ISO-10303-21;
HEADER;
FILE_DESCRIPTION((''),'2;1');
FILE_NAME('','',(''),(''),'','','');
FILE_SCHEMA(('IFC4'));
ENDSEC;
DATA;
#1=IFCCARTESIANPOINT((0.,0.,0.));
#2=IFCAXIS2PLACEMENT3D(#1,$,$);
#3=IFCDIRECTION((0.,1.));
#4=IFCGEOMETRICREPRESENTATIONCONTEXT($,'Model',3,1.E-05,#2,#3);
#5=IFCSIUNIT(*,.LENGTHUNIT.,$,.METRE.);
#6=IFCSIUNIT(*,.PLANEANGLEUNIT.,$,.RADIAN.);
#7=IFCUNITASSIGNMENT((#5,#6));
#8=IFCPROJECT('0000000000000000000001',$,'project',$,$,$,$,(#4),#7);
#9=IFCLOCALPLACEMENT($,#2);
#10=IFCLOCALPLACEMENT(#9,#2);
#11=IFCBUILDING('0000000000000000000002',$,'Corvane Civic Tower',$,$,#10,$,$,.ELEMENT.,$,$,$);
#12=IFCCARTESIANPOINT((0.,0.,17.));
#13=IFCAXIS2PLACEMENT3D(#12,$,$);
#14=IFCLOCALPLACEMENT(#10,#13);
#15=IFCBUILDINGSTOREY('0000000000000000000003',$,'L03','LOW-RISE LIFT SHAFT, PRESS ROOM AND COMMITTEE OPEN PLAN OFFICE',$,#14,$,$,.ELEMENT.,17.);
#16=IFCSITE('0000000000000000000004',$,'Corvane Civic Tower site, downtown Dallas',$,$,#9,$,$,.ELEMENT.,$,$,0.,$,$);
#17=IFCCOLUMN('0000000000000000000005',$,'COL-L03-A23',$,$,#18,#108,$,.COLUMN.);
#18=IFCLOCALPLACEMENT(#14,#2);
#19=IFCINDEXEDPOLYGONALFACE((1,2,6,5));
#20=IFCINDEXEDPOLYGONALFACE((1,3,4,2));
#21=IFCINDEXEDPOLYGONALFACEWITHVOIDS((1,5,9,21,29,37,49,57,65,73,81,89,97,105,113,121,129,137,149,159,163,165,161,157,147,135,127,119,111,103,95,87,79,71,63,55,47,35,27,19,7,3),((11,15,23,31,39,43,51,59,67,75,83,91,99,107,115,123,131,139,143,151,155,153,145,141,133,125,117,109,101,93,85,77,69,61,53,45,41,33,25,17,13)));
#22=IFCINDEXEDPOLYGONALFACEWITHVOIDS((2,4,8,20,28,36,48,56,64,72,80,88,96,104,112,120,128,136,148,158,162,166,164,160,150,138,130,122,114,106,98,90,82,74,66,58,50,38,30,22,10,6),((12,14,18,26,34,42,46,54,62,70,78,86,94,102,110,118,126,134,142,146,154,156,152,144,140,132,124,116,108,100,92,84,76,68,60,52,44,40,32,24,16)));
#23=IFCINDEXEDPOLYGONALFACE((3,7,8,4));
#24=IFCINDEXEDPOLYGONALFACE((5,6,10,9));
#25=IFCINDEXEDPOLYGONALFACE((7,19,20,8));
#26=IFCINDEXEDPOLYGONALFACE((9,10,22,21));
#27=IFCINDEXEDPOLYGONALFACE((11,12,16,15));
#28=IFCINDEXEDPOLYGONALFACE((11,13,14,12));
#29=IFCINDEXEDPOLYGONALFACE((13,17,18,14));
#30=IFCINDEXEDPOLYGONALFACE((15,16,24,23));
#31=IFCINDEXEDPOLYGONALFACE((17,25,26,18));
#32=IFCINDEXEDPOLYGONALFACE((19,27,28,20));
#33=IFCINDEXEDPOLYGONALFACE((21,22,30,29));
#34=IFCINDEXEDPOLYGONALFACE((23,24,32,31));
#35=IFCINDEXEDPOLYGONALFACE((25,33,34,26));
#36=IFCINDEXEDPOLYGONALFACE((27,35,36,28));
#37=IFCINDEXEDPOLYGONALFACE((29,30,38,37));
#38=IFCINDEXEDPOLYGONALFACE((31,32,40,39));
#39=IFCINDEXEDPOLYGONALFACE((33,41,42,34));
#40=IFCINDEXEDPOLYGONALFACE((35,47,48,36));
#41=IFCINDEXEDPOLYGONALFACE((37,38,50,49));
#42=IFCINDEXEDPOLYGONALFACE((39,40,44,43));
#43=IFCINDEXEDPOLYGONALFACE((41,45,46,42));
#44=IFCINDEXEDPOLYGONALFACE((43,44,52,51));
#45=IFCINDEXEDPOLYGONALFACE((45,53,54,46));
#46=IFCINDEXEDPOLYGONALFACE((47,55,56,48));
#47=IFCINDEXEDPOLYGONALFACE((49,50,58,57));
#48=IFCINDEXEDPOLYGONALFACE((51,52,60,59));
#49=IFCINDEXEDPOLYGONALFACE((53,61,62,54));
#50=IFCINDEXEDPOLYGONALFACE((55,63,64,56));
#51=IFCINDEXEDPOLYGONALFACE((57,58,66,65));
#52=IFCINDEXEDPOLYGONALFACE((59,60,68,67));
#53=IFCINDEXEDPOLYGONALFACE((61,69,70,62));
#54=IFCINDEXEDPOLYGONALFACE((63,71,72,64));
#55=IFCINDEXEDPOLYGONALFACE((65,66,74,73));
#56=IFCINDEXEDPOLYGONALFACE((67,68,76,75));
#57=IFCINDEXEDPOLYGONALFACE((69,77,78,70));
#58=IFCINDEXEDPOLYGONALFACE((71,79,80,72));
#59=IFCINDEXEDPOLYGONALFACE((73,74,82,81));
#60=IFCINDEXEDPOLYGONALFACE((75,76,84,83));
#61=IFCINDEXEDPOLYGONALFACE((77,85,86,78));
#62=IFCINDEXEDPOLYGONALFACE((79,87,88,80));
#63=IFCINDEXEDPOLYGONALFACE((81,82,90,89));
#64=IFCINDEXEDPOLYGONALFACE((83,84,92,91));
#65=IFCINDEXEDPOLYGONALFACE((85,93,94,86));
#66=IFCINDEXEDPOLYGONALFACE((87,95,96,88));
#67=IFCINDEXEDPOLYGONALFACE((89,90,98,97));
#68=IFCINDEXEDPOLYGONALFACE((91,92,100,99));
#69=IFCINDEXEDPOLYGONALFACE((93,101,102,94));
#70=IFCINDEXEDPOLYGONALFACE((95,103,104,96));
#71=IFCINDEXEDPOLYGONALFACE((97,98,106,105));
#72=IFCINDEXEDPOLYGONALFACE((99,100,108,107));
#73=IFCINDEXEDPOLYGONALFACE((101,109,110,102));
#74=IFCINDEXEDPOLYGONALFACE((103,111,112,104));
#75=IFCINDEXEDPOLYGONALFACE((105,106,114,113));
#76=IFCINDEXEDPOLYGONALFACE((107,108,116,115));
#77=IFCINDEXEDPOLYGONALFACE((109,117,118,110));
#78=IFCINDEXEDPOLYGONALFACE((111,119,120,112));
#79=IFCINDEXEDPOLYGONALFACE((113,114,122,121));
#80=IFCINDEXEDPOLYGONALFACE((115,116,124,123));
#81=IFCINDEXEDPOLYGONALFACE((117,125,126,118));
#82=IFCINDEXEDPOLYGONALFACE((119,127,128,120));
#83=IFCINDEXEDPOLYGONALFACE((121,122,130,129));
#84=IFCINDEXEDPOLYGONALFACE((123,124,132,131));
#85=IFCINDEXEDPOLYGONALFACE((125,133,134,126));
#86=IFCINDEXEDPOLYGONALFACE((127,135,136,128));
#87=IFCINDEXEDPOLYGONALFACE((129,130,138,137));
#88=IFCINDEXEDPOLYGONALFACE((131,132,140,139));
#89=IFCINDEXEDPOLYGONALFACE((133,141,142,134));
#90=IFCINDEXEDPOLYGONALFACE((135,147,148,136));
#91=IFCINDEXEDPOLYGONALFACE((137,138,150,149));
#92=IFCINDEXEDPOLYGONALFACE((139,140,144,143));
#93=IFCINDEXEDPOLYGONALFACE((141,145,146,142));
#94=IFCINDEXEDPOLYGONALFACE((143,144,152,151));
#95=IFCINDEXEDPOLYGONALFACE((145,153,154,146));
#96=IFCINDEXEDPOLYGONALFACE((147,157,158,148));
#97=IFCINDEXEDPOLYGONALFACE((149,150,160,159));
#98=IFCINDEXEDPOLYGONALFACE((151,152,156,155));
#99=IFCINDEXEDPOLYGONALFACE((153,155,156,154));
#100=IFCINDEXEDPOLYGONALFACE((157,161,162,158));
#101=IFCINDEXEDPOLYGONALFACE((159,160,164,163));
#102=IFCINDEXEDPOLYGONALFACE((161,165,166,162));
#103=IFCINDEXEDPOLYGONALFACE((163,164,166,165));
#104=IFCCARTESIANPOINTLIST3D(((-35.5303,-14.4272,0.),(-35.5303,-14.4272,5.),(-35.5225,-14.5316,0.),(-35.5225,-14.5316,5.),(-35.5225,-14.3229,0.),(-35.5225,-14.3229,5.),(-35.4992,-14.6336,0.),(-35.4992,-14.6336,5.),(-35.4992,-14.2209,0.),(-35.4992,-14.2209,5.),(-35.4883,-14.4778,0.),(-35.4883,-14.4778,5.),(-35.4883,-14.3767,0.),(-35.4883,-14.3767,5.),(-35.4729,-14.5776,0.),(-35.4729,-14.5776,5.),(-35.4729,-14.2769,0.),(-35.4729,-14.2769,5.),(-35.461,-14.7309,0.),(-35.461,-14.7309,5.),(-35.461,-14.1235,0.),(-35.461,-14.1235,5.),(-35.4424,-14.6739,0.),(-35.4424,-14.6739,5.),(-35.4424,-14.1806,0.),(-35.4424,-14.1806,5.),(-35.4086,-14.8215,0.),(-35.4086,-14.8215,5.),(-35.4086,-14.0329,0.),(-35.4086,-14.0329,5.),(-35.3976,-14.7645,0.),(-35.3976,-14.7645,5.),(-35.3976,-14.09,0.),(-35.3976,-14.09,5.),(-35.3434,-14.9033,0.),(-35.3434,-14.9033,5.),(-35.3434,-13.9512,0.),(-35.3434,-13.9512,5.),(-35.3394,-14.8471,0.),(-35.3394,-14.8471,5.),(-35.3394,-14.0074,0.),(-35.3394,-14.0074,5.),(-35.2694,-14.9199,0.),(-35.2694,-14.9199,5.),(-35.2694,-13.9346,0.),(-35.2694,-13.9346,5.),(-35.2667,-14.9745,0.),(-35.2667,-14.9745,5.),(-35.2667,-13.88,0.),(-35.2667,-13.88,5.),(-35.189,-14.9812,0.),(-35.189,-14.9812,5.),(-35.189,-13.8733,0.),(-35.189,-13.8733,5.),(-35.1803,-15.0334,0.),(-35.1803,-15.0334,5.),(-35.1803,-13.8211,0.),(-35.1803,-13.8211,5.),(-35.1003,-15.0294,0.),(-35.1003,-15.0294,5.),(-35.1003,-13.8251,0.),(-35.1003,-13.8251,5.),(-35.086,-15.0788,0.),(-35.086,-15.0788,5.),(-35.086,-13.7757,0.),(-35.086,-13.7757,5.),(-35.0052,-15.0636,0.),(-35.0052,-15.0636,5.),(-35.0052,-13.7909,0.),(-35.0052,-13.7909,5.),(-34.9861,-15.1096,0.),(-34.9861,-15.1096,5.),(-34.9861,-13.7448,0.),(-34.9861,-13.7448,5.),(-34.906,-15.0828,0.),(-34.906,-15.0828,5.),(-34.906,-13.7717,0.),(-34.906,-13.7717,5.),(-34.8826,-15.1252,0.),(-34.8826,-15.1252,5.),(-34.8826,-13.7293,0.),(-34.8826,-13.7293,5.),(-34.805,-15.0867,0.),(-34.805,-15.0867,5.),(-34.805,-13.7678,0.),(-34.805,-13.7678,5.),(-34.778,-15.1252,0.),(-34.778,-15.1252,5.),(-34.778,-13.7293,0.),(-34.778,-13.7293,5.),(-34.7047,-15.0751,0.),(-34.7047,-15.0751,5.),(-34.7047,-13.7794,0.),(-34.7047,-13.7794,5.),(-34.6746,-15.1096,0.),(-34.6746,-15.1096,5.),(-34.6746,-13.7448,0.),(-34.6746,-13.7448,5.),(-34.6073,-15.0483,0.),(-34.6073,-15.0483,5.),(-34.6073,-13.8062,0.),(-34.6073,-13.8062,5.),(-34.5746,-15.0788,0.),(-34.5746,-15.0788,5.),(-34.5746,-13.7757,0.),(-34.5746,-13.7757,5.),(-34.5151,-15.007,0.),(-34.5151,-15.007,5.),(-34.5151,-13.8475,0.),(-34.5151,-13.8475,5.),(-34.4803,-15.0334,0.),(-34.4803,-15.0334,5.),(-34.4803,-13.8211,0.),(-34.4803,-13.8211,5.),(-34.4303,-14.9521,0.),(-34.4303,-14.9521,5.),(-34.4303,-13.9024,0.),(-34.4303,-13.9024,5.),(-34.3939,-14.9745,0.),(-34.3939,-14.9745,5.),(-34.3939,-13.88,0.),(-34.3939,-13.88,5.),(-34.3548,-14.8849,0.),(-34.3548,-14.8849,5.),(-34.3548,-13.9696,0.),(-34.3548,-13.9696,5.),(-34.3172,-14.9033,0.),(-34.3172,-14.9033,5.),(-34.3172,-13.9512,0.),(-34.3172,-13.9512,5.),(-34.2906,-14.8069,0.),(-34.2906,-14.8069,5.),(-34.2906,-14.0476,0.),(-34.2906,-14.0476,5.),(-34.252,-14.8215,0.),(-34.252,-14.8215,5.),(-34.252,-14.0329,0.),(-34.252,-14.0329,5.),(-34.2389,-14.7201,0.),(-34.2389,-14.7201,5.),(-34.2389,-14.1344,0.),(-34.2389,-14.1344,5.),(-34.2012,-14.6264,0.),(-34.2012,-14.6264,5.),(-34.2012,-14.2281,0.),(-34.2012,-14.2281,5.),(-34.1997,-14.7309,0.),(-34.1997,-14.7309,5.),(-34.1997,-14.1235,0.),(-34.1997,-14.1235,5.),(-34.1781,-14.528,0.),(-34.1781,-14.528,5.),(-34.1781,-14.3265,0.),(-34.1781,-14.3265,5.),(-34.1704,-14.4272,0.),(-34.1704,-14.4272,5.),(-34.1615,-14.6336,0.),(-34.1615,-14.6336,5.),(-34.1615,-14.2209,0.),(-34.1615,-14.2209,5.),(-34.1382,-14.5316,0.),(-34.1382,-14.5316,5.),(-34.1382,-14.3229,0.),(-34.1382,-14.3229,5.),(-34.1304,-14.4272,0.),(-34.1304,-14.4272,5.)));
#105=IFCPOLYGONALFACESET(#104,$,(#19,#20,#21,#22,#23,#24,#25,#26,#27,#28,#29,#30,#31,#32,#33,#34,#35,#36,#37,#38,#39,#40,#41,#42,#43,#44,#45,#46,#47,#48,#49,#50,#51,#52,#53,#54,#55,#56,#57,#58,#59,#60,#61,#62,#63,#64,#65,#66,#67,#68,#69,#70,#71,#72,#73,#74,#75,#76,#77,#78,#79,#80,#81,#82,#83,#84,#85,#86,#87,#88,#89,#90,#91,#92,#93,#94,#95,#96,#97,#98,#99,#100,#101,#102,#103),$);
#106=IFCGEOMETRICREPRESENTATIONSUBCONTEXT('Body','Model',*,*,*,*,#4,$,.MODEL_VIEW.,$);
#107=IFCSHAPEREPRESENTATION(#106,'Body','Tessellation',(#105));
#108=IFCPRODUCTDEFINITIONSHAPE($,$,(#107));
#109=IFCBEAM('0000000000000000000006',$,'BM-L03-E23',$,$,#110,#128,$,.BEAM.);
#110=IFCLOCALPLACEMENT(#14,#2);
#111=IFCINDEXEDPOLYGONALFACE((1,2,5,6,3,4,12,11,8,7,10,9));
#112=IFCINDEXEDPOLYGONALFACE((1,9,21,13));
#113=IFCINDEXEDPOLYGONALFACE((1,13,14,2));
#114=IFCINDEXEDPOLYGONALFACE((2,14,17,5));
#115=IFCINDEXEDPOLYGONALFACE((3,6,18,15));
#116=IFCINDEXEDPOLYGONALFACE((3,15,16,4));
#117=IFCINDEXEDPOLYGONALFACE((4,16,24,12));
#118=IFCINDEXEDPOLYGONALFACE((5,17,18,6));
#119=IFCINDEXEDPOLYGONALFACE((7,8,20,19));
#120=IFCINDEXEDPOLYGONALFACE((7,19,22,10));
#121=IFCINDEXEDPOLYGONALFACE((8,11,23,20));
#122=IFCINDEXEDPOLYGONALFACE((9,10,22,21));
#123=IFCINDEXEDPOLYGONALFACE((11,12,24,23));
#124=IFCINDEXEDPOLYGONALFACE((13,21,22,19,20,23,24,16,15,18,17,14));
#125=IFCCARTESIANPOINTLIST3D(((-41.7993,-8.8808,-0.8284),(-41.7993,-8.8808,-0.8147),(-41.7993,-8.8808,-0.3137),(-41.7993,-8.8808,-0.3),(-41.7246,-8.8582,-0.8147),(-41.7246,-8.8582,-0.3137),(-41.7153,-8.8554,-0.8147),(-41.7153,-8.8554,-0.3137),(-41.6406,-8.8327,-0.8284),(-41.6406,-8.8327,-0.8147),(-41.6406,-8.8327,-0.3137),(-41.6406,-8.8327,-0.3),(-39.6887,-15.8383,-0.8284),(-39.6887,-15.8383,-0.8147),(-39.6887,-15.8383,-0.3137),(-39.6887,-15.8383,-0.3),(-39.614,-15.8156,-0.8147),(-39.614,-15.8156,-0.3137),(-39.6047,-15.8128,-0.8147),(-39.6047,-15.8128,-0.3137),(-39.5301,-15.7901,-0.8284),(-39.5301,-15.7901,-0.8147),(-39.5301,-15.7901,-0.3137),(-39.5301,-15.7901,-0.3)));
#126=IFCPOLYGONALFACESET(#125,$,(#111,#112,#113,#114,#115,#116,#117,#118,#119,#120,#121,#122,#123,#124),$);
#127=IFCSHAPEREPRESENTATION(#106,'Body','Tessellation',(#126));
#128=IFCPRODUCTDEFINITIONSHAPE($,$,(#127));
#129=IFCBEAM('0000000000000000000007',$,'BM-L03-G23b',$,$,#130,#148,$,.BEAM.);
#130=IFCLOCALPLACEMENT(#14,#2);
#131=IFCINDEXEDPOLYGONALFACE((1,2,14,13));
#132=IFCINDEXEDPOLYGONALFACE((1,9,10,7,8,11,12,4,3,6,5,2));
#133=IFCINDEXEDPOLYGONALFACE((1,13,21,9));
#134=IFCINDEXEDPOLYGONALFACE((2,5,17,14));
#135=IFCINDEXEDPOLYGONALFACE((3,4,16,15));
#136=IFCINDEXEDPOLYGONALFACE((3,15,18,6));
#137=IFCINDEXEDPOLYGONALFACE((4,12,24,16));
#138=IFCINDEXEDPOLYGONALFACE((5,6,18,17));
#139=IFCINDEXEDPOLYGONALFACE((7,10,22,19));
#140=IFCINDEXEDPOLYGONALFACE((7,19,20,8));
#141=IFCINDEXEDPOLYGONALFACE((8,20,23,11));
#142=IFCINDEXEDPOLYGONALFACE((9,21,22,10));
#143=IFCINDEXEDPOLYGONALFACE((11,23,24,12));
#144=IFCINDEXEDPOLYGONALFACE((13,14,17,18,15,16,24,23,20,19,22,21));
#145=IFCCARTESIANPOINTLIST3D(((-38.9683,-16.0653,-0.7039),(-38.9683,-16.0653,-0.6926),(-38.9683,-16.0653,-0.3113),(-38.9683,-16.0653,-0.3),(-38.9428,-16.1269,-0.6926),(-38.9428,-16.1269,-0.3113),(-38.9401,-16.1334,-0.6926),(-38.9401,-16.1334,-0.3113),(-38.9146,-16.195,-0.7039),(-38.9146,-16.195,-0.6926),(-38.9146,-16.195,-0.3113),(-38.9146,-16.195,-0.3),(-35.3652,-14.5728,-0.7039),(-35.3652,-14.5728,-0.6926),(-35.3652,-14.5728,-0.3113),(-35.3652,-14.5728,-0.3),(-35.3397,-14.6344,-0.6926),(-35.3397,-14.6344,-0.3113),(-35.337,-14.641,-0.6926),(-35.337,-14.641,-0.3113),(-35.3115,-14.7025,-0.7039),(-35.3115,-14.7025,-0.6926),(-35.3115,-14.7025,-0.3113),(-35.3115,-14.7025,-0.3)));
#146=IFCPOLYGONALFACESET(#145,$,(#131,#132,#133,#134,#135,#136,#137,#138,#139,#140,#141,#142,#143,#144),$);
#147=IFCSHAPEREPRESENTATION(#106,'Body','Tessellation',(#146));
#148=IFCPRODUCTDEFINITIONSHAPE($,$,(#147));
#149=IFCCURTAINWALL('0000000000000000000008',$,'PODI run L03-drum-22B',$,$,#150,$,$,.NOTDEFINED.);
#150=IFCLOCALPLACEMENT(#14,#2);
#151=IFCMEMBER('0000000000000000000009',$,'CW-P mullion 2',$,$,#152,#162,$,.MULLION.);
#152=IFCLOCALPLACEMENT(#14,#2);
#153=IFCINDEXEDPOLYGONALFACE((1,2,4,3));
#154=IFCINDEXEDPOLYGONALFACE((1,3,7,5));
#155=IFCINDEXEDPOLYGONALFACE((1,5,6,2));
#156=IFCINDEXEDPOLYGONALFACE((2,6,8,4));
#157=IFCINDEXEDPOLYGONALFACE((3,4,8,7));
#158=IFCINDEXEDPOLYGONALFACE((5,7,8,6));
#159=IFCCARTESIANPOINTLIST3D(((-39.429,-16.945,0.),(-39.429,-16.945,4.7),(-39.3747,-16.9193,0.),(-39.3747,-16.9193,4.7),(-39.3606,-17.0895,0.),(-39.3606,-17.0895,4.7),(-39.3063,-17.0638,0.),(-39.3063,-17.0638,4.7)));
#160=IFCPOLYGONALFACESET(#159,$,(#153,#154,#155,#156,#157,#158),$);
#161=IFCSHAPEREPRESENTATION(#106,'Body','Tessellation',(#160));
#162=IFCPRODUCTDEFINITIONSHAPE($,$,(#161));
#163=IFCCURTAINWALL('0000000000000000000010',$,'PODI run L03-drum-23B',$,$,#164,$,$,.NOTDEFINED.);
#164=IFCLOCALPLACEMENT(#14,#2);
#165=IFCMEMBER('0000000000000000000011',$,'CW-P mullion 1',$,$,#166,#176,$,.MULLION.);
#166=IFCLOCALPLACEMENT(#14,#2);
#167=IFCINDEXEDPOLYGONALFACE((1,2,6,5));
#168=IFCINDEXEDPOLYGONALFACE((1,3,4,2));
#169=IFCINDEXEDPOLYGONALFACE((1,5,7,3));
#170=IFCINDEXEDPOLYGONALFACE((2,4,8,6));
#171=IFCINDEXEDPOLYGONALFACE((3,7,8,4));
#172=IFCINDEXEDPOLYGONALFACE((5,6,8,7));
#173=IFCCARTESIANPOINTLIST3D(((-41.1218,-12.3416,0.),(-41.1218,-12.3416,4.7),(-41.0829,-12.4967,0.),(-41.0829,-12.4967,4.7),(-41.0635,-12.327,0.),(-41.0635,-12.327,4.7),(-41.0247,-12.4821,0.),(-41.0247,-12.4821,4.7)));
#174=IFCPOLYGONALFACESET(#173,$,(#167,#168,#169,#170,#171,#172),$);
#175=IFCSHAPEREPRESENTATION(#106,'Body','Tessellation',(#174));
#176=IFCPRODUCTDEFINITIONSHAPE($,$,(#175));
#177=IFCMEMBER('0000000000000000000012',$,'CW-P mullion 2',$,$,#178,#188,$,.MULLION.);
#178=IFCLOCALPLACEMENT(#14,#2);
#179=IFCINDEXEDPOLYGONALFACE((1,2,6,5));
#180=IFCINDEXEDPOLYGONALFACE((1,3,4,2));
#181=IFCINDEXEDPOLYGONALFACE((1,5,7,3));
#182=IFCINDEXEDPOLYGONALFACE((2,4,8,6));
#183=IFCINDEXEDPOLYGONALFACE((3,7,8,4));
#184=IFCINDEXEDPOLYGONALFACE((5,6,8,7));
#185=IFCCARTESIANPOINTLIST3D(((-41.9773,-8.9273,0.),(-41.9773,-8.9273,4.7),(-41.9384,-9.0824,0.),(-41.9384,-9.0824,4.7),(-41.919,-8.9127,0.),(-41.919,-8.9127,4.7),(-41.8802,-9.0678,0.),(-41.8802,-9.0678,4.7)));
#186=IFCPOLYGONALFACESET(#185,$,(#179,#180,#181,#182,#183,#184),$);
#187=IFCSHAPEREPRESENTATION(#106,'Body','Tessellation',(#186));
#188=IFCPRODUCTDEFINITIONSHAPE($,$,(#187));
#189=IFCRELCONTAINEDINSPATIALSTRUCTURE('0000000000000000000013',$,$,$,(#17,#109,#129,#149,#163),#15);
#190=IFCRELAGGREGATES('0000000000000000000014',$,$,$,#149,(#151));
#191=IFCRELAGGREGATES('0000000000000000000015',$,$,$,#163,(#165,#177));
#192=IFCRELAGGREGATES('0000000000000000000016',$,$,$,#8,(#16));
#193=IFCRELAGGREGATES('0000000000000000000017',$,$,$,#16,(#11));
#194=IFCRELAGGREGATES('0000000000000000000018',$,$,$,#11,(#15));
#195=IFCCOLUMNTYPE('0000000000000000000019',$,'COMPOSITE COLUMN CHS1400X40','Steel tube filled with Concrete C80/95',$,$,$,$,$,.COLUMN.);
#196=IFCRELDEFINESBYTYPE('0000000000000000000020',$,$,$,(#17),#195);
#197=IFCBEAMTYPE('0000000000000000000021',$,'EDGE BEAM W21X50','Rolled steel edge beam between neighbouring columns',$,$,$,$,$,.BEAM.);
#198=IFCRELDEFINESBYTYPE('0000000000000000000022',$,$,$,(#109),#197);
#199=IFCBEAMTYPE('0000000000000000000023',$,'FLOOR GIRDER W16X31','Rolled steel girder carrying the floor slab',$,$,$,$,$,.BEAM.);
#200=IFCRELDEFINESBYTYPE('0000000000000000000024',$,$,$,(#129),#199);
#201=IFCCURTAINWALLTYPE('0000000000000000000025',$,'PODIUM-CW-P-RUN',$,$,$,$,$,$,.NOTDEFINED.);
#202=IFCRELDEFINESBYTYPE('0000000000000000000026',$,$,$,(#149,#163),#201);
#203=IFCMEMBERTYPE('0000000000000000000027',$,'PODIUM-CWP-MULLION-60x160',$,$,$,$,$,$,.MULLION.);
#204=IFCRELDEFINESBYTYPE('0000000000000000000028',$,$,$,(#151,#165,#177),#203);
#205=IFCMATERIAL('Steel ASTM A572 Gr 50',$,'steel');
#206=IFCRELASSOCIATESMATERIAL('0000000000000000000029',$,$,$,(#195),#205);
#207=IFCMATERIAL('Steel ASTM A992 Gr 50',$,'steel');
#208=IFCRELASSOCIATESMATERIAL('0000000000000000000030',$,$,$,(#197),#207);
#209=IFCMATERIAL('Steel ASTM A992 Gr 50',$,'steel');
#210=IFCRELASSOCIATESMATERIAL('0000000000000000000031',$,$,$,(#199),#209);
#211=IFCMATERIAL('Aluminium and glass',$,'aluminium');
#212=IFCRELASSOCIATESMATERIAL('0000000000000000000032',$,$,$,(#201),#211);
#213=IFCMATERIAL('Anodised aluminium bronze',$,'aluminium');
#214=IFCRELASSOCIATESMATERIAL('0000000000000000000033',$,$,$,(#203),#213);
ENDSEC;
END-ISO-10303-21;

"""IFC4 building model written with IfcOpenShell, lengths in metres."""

from ifc_helpers import new_model, si_unit, direction, frame, origin, origin_2d, place, context, subcontext, project, spatial, rectangle, hollow_circle, i_section, extrude, material, material_profile, profile_set, type_object, element, aggregate, save


model = new_model("IFC4")

# Units and contexts
model_context = context("Model", 3, precision=1e-05, world=origin(), true_north=direction((0.0, 1.0)))
body_context = subcontext(model_context, "Body", "Model", "MODEL_VIEW")
ifc_project = project(units=[si_unit("LENGTHUNIT", "METRE"), si_unit("PLANEANGLEUNIT", "RADIAN")], contexts=[model_context])

# Site, building, storey
site_placement = place(None, origin())
site = spatial("IfcSite", under=ifc_project, at=site_placement, Name="Corvane Civic Tower site, downtown Dallas", CompositionType="ELEMENT", RefElevation=0.0)
building_placement = place(site_placement, origin())
building = spatial("IfcBuilding", under=site, at=building_placement, Name="Corvane Civic Tower", CompositionType="ELEMENT")
storey_placement = place(building_placement, frame((0.0, 0.0, 17.0)))
storey = spatial("IfcBuildingStorey", under=building, at=storey_placement, Name="L03", Description="LOW-RISE LIFT SHAFT, PRESS ROOM AND COMMITTEE OPEN PLAN OFFICE", CompositionType="ELEMENT", Elevation=17.0)

# Column
ifc_material_1 = material(Name="Steel ASTM A572 Gr 50", Category="steel")
ifc_material_profile_1 = material_profile(ifc_material_1, hollow_circle(Radius=0.7, WallThickness=0.04, at=origin_2d()), Name="CHS1400X40")
ifc_profile_set_1 = profile_set([ifc_material_profile_1], Name="Steel ASTM A572 Gr 50")
column_type_1 = type_object("IfcColumnType", Name="COMPOSITE COLUMN CHS1400X40", Description="Steel tube filled with Concrete C80/95", PredefinedType="COLUMN", material=ifc_profile_set_1)
column_placement = place(storey_placement, frame((-34.8303, -14.4272, 0.0), z_axis=(0.0, 0.0, 1.0), x_axis=(1.0, 0.0, 0.0)))
element("IfcColumn", 1, at=column_placement, inside=storey, type_object=column_type_1, Name="COL-L03-A23", PredefinedType="COLUMN", context=body_context, shape_type="SweptSolid", body=[
    extrude(hollow_circle(Radius=0.7, WallThickness=0.04, at=origin_2d()), origin(), (0.0, 0.0, 1.0), 5.0),
])

# Beams
ifc_material_2 = material(Name="Steel ASTM A992 Gr 50", Category="steel")
ifc_material_profile_2 = material_profile(ifc_material_2, i_section(OverallWidth=0.1658, OverallDepth=0.5283, WebThickness=0.0098, FlangeThickness=0.0137, at=origin_2d()), Name="W21X50")
ifc_profile_set_2 = profile_set([ifc_material_profile_2], Name="Steel ASTM A992 Gr 50")
beam_type_1 = type_object("IfcBeamType", Name="EDGE BEAM W21X50", Description="Rolled steel edge beam between neighbouring columns", PredefinedType="BEAM", material=ifc_profile_set_2)
beam_1_placement = place(storey_placement, frame((-39.6094, -15.8142, -0.5642), z_axis=(-0.290292, 0.956938, 0.0), x_axis=(-0.956938, -0.290292, 0.0)))
element("IfcBeam", 2, at=beam_1_placement, inside=storey, type_object=beam_type_1, Name="BM-L03-E23", PredefinedType="BEAM", context=body_context, shape_type="SweptSolid", body=[
    extrude(i_section(OverallWidth=0.1658, OverallDepth=0.5283, WebThickness=0.0098, FlangeThickness=0.0137, at=origin_2d()), origin(), (0.0, 0.0, 1.0), 7.2705),
])
ifc_material_3 = material(Name="Steel ASTM A992 Gr 50", Category="steel")
ifc_material_profile_3 = material_profile(ifc_material_3, i_section(OverallWidth=0.1404, OverallDepth=0.4038, WebThickness=0.0071, FlangeThickness=0.0112, at=origin_2d()), Name="W16X31")
ifc_profile_set_3 = profile_set([ifc_material_profile_3], Name="Steel ASTM A992 Gr 50")
beam_type_2 = type_object("IfcBeamType", Name="FLOOR GIRDER W16X31", Description="Rolled steel girder carrying the floor slab", PredefinedType="BEAM", material=ifc_profile_set_3)
beam_2_placement = place(storey_placement, frame((-35.3384, -14.6377, -0.502), z_axis=(-0.923879, -0.382685, 0.0), x_axis=(0.382685, -0.923879, 0.0)))
element("IfcBeam", 3, at=beam_2_placement, inside=storey, type_object=beam_type_2, Name="BM-L03-G23b", PredefinedType="BEAM", context=body_context, shape_type="SweptSolid", body=[
    extrude(i_section(OverallWidth=0.1404, OverallDepth=0.4038, WebThickness=0.0071, FlangeThickness=0.0112, at=origin_2d()), origin(), (0.0, 0.0, 1.0), 3.8999),
])

# Curtain wall, member
ifc_material_4 = material(Name="Aluminium and glass", Category="aluminium")
curtain_wall_type = type_object("IfcCurtainWallType", Name="PODIUM-CW-P-RUN", PredefinedType="NOTDEFINED", material=ifc_material_4)
curtain_wall_1_placement = place(storey_placement, origin())
curtain_wall_1 = element("IfcCurtainWall", 4, at=curtain_wall_1_placement, inside=storey, type_object=curtain_wall_type, Name="PODI run L03-drum-22B", PredefinedType="NOTDEFINED")
ifc_material_5 = material(Name="Anodised aluminium bronze", Category="aluminium")
ifc_material_profile_4 = material_profile(ifc_material_5, rectangle(XDim=0.0601, YDim=0.1599, at=origin_2d()), Name="AL 60x160")
ifc_profile_set_4 = profile_set([ifc_material_profile_4], Name="Anodised aluminium bronze")
member_type_1 = type_object("IfcMemberType", Name="PODIUM-CWP-MULLION-60x160", PredefinedType="MULLION", material=ifc_profile_set_4)
member_1_placement = place(storey_placement, frame((-39.3677, -17.0044, 0.0), z_axis=(0.0, 0.0, 1.0), x_axis=(-0.90399, -0.427553, 0.0)))
member_1 = element("IfcMember", 5, at=member_1_placement, type_object=member_type_1, Name="CW-P mullion 2", PredefinedType="MULLION", context=body_context, shape_type="SweptSolid", body=[
    extrude(rectangle(XDim=0.0601, YDim=0.1599, at=origin_2d()), origin(), (0.0, 0.0, 1.0), 4.7),
])

# Curtain wall, members
curtain_wall_2_placement = place(storey_placement, origin())
curtain_wall_2 = element("IfcCurtainWall", 6, at=curtain_wall_2_placement, inside=storey, type_object=curtain_wall_type, Name="PODI run L03-drum-23B", PredefinedType="NOTDEFINED")
member_2_placement = place(storey_placement, frame((-41.0732, -12.4119, 0.0), z_axis=(0.0, 0.0, 1.0), x_axis=(-0.970024, -0.243009, 0.0)))
member_2 = element("IfcMember", 7, at=member_2_placement, type_object=member_type_1, Name="CW-P mullion 1", PredefinedType="MULLION", context=body_context, shape_type="SweptSolid", body=[
    extrude(rectangle(XDim=0.0601, YDim=0.1599, at=origin_2d()), origin(), (0.0, 0.0, 1.0), 4.7),
])
member_3_placement = place(storey_placement, frame((-41.9287, -8.9976, 0.0), z_axis=(0.0, 0.0, 1.0), x_axis=(-0.970024, -0.243009, 0.0)))
member_3 = element("IfcMember", 8, at=member_3_placement, type_object=member_type_1, Name="CW-P mullion 2", PredefinedType="MULLION", context=body_context, shape_type="SweptSolid", body=[
    extrude(rectangle(XDim=0.0601, YDim=0.1599, at=origin_2d()), origin(), (0.0, 0.0, 1.0), 4.7),
])

aggregate(curtain_wall_1, [member_1])
aggregate(curtain_wall_2, [member_2, member_3])

save(model, "model.ifc")
